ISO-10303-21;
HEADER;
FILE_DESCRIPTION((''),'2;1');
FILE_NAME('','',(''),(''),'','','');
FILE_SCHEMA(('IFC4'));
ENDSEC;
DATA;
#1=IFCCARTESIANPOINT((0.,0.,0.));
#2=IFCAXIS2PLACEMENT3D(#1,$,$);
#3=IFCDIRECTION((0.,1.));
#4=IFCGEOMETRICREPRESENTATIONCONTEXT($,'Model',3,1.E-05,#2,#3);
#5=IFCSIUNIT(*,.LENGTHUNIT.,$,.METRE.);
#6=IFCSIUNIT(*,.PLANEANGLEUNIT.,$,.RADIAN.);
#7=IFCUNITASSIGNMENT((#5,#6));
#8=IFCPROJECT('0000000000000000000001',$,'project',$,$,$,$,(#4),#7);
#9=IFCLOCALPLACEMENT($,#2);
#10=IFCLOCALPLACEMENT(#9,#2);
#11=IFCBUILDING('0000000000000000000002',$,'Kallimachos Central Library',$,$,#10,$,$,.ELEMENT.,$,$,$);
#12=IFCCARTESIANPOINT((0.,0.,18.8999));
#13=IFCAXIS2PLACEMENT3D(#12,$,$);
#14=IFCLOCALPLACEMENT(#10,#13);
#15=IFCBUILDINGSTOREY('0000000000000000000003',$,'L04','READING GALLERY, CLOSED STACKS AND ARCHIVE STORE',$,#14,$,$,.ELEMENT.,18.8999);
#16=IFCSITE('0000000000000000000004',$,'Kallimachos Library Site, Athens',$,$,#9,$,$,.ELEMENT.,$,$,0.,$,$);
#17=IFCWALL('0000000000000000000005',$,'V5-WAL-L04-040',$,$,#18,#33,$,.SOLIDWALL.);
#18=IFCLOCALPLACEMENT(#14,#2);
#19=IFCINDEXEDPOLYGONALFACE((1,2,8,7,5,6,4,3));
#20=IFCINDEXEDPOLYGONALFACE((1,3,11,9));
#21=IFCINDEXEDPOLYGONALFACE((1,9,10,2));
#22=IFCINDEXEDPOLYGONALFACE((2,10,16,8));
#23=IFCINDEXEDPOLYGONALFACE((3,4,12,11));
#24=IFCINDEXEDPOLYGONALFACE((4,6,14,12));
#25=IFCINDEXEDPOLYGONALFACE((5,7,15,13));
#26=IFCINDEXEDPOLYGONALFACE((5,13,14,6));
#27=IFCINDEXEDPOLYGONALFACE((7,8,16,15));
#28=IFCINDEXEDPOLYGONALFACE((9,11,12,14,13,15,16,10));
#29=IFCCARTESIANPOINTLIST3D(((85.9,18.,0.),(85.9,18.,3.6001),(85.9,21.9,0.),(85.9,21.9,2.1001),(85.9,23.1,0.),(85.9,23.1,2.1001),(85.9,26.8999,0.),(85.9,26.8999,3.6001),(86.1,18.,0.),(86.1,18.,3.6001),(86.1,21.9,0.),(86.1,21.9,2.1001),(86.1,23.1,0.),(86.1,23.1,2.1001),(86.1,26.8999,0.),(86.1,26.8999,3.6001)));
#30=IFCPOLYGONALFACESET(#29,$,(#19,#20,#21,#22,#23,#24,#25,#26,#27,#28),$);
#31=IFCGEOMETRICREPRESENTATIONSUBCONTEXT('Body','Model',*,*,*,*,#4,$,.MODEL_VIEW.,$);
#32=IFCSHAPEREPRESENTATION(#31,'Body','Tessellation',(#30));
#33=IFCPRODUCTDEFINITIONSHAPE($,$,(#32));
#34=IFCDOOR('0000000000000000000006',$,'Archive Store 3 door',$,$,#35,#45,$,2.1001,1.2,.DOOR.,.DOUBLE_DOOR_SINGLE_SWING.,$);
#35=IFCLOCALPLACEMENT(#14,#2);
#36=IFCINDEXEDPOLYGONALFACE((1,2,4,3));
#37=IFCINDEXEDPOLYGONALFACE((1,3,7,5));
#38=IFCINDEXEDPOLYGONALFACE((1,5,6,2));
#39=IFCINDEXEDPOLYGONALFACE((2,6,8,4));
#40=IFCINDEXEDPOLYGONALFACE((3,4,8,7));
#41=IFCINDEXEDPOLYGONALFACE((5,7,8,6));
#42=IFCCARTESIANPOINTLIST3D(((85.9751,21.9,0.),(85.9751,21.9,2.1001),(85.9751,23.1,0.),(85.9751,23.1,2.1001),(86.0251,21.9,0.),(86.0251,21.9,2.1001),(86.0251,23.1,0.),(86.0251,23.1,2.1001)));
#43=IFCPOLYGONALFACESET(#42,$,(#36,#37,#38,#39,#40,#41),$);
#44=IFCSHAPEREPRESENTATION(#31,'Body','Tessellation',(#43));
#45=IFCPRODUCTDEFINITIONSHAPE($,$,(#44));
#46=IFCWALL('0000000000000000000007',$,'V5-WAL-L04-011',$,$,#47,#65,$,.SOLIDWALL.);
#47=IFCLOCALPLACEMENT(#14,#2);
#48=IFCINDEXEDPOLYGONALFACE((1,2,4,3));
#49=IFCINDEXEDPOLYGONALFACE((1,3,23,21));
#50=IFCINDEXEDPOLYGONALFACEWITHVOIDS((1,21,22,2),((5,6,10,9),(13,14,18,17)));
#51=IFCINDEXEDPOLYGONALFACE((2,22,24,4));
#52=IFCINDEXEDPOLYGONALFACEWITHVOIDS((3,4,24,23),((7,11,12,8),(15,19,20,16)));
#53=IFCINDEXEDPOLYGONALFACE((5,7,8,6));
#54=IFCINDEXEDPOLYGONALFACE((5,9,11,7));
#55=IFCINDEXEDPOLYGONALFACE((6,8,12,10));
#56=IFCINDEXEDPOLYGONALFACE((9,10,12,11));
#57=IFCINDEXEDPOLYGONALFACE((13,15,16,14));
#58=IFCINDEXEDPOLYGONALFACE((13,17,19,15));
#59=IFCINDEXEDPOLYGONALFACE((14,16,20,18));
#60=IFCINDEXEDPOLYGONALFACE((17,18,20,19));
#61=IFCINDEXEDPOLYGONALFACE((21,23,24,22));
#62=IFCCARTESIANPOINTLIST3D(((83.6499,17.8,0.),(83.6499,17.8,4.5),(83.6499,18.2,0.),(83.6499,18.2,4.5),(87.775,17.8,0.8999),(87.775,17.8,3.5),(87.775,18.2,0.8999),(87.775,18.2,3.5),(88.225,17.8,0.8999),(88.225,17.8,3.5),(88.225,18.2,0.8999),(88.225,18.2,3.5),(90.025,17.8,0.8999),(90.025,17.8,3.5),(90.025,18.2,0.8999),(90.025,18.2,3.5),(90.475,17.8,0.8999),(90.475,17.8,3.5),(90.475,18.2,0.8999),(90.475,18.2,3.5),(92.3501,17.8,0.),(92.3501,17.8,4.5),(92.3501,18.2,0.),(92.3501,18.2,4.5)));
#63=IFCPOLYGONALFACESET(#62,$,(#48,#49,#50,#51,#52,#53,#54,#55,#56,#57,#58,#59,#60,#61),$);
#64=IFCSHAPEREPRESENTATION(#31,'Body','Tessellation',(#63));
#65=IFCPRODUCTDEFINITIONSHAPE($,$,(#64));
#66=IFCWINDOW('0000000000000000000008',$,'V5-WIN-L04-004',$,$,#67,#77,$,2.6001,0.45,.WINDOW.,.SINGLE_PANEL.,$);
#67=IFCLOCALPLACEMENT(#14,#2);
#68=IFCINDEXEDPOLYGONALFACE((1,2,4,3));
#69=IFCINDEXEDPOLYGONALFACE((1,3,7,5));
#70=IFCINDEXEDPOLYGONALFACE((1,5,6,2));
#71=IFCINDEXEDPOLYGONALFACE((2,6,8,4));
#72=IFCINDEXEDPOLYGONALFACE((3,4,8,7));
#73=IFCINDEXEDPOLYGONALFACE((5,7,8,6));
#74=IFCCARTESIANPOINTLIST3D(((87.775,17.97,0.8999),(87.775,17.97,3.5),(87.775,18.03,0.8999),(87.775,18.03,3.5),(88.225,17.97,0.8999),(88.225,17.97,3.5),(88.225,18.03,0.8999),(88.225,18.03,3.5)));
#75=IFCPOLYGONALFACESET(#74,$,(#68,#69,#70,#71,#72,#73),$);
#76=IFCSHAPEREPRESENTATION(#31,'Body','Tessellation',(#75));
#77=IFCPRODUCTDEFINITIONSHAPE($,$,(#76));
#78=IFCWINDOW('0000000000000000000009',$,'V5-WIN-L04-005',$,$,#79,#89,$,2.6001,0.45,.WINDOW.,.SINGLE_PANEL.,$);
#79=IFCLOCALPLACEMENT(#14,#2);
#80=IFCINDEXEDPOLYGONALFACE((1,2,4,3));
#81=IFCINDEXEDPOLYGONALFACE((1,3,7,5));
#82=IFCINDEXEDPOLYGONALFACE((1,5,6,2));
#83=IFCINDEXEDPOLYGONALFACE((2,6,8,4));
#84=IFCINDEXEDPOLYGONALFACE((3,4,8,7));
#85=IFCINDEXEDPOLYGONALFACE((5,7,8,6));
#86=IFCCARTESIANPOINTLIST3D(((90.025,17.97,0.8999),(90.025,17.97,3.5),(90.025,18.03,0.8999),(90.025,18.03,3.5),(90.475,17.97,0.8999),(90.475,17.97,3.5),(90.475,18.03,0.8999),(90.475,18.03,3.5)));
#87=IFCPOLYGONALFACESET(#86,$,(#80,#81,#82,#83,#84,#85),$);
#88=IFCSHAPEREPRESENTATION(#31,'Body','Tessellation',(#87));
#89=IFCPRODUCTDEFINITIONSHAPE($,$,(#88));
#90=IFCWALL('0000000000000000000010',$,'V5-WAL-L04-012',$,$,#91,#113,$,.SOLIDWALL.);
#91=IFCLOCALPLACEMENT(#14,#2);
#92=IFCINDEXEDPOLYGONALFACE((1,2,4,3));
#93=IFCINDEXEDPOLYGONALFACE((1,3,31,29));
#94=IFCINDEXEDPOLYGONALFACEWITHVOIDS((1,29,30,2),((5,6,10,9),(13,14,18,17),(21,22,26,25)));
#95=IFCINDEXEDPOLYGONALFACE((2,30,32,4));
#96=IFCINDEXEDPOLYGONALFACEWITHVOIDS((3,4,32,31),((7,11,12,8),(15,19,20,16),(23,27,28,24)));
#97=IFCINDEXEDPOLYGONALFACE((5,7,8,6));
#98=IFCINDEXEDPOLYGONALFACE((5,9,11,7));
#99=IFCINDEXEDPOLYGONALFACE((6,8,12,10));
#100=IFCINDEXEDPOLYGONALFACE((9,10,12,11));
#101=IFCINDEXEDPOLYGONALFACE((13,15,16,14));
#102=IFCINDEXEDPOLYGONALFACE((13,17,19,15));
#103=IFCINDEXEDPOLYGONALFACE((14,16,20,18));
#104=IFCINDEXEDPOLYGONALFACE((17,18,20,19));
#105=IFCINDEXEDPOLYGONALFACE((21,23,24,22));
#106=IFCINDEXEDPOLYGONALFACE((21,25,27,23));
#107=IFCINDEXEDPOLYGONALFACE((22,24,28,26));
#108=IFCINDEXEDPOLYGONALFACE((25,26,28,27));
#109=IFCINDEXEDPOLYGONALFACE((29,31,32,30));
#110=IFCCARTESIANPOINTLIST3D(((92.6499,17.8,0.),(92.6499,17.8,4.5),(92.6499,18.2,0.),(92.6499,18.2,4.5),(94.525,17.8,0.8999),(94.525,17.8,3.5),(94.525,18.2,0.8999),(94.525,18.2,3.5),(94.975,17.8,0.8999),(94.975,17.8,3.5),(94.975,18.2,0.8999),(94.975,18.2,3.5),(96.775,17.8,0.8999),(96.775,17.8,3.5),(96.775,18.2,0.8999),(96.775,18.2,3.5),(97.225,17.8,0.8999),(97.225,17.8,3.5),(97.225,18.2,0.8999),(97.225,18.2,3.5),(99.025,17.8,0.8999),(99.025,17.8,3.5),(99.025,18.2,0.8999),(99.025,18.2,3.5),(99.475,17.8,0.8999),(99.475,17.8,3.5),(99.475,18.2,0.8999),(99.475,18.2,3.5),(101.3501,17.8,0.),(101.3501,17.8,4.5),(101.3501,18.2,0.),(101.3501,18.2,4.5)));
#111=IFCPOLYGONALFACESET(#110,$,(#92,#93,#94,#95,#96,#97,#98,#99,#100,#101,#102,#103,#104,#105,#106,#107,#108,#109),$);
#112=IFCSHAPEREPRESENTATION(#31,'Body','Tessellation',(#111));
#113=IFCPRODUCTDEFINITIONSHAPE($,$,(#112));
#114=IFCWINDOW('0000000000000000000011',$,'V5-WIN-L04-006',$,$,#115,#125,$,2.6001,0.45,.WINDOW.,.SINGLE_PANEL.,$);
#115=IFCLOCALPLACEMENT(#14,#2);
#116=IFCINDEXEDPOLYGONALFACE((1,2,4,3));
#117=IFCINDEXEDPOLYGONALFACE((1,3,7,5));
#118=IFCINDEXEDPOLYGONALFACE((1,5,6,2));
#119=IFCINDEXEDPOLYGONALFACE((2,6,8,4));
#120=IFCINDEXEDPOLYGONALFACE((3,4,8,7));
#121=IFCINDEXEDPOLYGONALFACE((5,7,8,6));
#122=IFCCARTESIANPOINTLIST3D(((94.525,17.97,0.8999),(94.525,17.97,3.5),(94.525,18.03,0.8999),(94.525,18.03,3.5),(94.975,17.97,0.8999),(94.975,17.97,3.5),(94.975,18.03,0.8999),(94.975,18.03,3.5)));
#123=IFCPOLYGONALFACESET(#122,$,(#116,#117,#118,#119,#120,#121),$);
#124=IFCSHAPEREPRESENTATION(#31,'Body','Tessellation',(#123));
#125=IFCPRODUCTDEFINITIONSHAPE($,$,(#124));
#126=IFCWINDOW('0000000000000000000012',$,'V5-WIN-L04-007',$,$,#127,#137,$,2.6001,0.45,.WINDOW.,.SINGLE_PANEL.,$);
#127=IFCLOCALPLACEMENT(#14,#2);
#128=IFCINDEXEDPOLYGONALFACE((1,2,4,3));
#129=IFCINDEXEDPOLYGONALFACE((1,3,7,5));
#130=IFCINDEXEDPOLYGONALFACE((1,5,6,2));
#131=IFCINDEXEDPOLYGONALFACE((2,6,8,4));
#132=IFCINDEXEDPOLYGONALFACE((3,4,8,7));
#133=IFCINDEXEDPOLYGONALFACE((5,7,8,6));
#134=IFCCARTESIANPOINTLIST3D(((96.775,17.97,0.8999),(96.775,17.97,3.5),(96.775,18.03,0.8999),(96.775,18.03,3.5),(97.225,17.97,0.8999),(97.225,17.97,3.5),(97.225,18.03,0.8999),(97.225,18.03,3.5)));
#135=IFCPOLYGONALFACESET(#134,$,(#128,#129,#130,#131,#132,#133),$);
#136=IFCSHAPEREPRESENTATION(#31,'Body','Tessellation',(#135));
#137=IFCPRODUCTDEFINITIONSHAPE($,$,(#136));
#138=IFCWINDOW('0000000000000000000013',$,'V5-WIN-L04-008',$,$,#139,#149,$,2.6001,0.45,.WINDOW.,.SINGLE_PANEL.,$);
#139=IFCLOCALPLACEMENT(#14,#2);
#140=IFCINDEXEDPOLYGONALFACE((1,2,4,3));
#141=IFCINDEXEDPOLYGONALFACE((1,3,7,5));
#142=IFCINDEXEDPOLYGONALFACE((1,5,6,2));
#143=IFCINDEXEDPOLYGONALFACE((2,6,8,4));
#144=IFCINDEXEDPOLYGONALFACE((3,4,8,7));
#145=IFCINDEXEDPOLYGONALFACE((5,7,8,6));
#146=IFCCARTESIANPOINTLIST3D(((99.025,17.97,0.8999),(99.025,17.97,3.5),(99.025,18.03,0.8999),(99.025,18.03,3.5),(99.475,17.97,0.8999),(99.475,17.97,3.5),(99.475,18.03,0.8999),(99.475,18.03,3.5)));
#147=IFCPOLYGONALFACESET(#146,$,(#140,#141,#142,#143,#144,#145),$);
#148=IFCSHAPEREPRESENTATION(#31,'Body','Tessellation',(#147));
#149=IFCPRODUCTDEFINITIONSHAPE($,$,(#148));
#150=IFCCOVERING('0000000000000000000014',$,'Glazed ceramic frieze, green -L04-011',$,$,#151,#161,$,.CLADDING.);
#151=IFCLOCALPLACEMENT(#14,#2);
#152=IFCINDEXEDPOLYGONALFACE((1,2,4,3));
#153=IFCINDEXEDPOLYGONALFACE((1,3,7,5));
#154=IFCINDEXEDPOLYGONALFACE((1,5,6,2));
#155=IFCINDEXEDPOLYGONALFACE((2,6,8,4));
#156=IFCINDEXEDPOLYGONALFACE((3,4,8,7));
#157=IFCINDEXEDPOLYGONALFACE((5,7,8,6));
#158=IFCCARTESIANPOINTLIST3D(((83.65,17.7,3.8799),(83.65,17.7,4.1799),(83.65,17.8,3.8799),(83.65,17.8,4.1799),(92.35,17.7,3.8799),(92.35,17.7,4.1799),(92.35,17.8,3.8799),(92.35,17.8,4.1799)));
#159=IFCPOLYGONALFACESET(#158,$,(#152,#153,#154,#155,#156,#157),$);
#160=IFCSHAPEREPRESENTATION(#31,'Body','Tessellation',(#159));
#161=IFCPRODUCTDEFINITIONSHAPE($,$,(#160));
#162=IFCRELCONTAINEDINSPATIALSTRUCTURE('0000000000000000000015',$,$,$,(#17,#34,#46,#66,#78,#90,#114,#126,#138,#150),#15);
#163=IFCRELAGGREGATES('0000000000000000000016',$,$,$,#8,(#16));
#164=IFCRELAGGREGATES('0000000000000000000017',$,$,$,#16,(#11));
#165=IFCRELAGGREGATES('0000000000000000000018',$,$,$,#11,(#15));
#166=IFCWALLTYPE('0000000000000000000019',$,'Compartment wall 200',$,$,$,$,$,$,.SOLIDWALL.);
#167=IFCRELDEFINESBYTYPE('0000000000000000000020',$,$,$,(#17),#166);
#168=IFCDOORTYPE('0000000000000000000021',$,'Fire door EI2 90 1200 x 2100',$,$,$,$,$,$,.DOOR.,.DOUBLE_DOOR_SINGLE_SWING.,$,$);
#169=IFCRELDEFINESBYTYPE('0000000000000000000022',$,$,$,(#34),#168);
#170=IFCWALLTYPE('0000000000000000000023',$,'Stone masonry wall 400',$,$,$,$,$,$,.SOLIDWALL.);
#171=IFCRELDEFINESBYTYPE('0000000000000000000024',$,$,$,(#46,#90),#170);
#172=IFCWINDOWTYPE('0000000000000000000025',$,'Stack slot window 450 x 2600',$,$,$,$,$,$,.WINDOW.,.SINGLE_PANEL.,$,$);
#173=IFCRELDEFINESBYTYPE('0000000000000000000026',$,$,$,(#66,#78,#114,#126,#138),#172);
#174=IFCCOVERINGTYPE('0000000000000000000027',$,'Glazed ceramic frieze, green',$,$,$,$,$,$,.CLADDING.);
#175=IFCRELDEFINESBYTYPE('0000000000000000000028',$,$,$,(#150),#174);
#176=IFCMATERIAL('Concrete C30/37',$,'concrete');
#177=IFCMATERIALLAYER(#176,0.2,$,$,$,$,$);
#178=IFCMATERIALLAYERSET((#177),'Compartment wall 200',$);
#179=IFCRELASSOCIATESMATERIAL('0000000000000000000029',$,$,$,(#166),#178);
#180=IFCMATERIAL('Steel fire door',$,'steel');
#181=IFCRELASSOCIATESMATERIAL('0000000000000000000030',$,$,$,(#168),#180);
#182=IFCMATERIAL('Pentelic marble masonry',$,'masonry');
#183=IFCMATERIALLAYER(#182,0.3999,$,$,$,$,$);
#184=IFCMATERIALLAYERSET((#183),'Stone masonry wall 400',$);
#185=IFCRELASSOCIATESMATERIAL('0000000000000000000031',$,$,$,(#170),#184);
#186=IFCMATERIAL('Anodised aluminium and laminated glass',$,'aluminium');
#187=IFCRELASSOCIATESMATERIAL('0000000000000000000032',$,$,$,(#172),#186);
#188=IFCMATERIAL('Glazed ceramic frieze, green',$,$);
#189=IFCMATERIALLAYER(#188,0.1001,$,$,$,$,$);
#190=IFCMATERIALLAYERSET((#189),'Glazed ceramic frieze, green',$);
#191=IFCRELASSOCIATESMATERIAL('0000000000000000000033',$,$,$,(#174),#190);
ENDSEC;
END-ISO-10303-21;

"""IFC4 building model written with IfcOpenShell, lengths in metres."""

from ifc_helpers import new_model, si_unit, direction, frame, frame_2d, origin, origin_2d, place, context, subcontext, project, spatial, rectangle, extrude, material, layer, layer_set, type_object, element, fill, save


model = new_model("IFC4")

# Units and contexts
model_context = context("Model", 3, precision=1e-05, world=origin(), true_north=direction((0.0, 1.0)))
body_context = subcontext(model_context, "Body", "Model", "MODEL_VIEW")
ifc_project = project(units=[si_unit("LENGTHUNIT", "METRE"), si_unit("PLANEANGLEUNIT", "RADIAN")], contexts=[model_context])

# Site, building, storey
site_placement = place(None, origin())
site = spatial("IfcSite", under=ifc_project, at=site_placement, Name="Kallimachos Library Site, Athens", CompositionType="ELEMENT", RefElevation=0.0)
building_placement = place(site_placement, origin())
building = spatial("IfcBuilding", under=site, at=building_placement, Name="Kallimachos Central Library", CompositionType="ELEMENT")
storey_placement = place(building_placement, frame((0.0, 0.0, 18.8999)))
storey = spatial("IfcBuildingStorey", under=building, at=storey_placement, Name="L04", Description="READING GALLERY, CLOSED STACKS AND ARCHIVE STORE", CompositionType="ELEMENT", Elevation=18.8999)

# Wall, opening, door
ifc_material_1 = material(Name="Concrete C30/37", Category="concrete")
ifc_layer_1 = layer(ifc_material_1, 0.2)
ifc_layer_set_1 = layer_set([ifc_layer_1], Name="Compartment wall 200")
wall_type_1 = type_object("IfcWallType", Name="Compartment wall 200", PredefinedType="SOLIDWALL", material=ifc_layer_set_1)
wall_1_placement = place(storey_placement, frame((86.0, 18.0, 0.0), z_axis=(0.0, 0.0, 1.0), x_axis=(0.0, 1.0, 0.0)))
wall_1 = element("IfcWall", 1, at=wall_1_placement, inside=storey, type_object=wall_type_1, Name="V5-WAL-L04-040", PredefinedType="SOLIDWALL", context=body_context, shape_type="SweptSolid", body=[
    extrude(rectangle(XDim=8.8999, YDim=0.2, at=frame_2d((4.45, 0.0))), origin(), (0.0, 0.0, 1.0), 3.6001),
])
opening_1_placement = place(wall_1_placement, frame((3.8999, 0.0, 0.0)))
opening_1 = element("IfcOpeningElement", 2, at=opening_1_placement, cuts=wall_1, PredefinedType="OPENING", context=body_context, shape_type="SweptSolid", body=[
    extrude(rectangle(XDim=1.2, YDim=2.1001, at=frame_2d((0.6001, 1.05))), frame((0.0, 0.1099, 0.0), z_axis=(0.0, -1.0, 0.0), x_axis=(1.0, 0.0, 0.0)), (0.0, 0.0, 1.0), 0.22),
])
ifc_material_2 = material(Name="Steel fire door", Category="steel")
door_type = type_object("IfcDoorType", Name="Fire door EI2 90 1200 x 2100", OperationType="DOUBLE_DOOR_SINGLE_SWING", PredefinedType="DOOR", material=ifc_material_2)
door_placement = place(opening_1_placement, origin())
door = element("IfcDoor", 3, at=door_placement, inside=storey, type_object=door_type, Name="Archive Store 3 door", OperationType="DOUBLE_DOOR_SINGLE_SWING", OverallHeight=2.1001, OverallWidth=1.2, PredefinedType="DOOR", context=body_context, shape_type="SweptSolid", body=[
    extrude(rectangle(XDim=1.2, YDim=2.1001, at=frame_2d((0.6001, 1.05))), frame((0.0, 0.0249, 0.0), z_axis=(0.0, -1.0, 0.0), x_axis=(1.0, 0.0, 0.0)), (0.0, 0.0, 1.0), 0.05),
])
fill(opening_1, door)

# Walls, openings, windows
ifc_material_3 = material(Name="Pentelic marble masonry", Category="masonry")
ifc_layer_2 = layer(ifc_material_3, 0.3999)
ifc_layer_set_2 = layer_set([ifc_layer_2], Name="Stone masonry wall 400")
wall_type_2 = type_object("IfcWallType", Name="Stone masonry wall 400", PredefinedType="SOLIDWALL", material=ifc_layer_set_2)
wall_2_placement = place(storey_placement, frame((83.6499, 18.0, 0.0), z_axis=(0.0, 0.0, 1.0), x_axis=(1.0, 0.0, 0.0)))
wall_2 = element("IfcWall", 4, at=wall_2_placement, inside=storey, type_object=wall_type_2, Name="V5-WAL-L04-011", PredefinedType="SOLIDWALL", context=body_context, shape_type="SweptSolid", body=[
    extrude(rectangle(XDim=8.7002, YDim=0.3999, at=frame_2d((4.3501, 0.0))), origin(), (0.0, 0.0, 1.0), 4.5),
])
opening_2_placement = place(wall_2_placement, frame((4.125, 0.0, 0.8999)))
opening_2 = element("IfcOpeningElement", 5, at=opening_2_placement, cuts=wall_2, PredefinedType="OPENING", context=body_context, shape_type="SweptSolid", body=[
    extrude(rectangle(XDim=0.45, YDim=2.6001, at=frame_2d((0.2251, 1.3))), frame((0.0, 0.21, 0.0), z_axis=(0.0, -1.0, 0.0), x_axis=(1.0, 0.0, 0.0)), (0.0, 0.0, 1.0), 0.4199),
])
opening_3_placement = place(wall_2_placement, frame((6.375, 0.0, 0.8999)))
opening_3 = element("IfcOpeningElement", 6, at=opening_3_placement, cuts=wall_2, PredefinedType="OPENING", context=body_context, shape_type="SweptSolid", body=[
    extrude(rectangle(XDim=0.45, YDim=2.6001, at=frame_2d((0.2251, 1.3))), frame((0.0, 0.21, 0.0), z_axis=(0.0, -1.0, 0.0), x_axis=(1.0, 0.0, 0.0)), (0.0, 0.0, 1.0), 0.4199),
])
ifc_material_4 = material(Name="Anodised aluminium and laminated glass", Category="aluminium")
window_type = type_object("IfcWindowType", Name="Stack slot window 450 x 2600", PartitioningType="SINGLE_PANEL", PredefinedType="WINDOW", material=ifc_material_4)
window_1_placement = place(opening_2_placement, origin())
window_1 = element("IfcWindow", 7, at=window_1_placement, inside=storey, type_object=window_type, Name="V5-WIN-L04-004", OverallHeight=2.6001, OverallWidth=0.45, PartitioningType="SINGLE_PANEL", PredefinedType="WINDOW", context=body_context, shape_type="SweptSolid", body=[
    extrude(rectangle(XDim=0.45, YDim=2.6001, at=frame_2d((0.2251, 1.3))), frame((0.0, 0.03, 0.0), z_axis=(0.0, -1.0, 0.0), x_axis=(1.0, 0.0, 0.0)), (0.0, 0.0, 1.0), 0.0601),
])
fill(opening_2, window_1)
window_2_placement = place(opening_3_placement, origin())
window_2 = element("IfcWindow", 8, at=window_2_placement, inside=storey, type_object=window_type, Name="V5-WIN-L04-005", OverallHeight=2.6001, OverallWidth=0.45, PartitioningType="SINGLE_PANEL", PredefinedType="WINDOW", context=body_context, shape_type="SweptSolid", body=[
    extrude(rectangle(XDim=0.45, YDim=2.6001, at=frame_2d((0.2251, 1.3))), frame((0.0, 0.03, 0.0), z_axis=(0.0, -1.0, 0.0), x_axis=(1.0, 0.0, 0.0)), (0.0, 0.0, 1.0), 0.0601),
])
fill(opening_3, window_2)
wall_3_placement = place(storey_placement, frame((92.6499, 18.0, 0.0), z_axis=(0.0, 0.0, 1.0), x_axis=(1.0, 0.0, 0.0)))
wall_3 = element("IfcWall", 9, at=wall_3_placement, inside=storey, type_object=wall_type_2, Name="V5-WAL-L04-012", PredefinedType="SOLIDWALL", context=body_context, shape_type="SweptSolid", body=[
    extrude(rectangle(XDim=8.7002, YDim=0.3999, at=frame_2d((4.3501, 0.0))), origin(), (0.0, 0.0, 1.0), 4.5),
])
opening_4_placement = place(wall_3_placement, frame((1.875, 0.0, 0.8999)))
opening_4 = element("IfcOpeningElement", 10, at=opening_4_placement, cuts=wall_3, PredefinedType="OPENING", context=body_context, shape_type="SweptSolid", body=[
    extrude(rectangle(XDim=0.45, YDim=2.6001, at=frame_2d((0.2251, 1.3))), frame((0.0, 0.21, 0.0), z_axis=(0.0, -1.0, 0.0), x_axis=(1.0, 0.0, 0.0)), (0.0, 0.0, 1.0), 0.4199),
])
opening_5_placement = place(wall_3_placement, frame((4.125, 0.0, 0.8999)))
opening_5 = element("IfcOpeningElement", 11, at=opening_5_placement, cuts=wall_3, PredefinedType="OPENING", context=body_context, shape_type="SweptSolid", body=[
    extrude(rectangle(XDim=0.45, YDim=2.6001, at=frame_2d((0.2251, 1.3))), frame((0.0, 0.21, 0.0), z_axis=(0.0, -1.0, 0.0), x_axis=(1.0, 0.0, 0.0)), (0.0, 0.0, 1.0), 0.4199),
])
opening_6_placement = place(wall_3_placement, frame((6.375, 0.0, 0.8999)))
opening_6 = element("IfcOpeningElement", 12, at=opening_6_placement, cuts=wall_3, PredefinedType="OPENING", context=body_context, shape_type="SweptSolid", body=[
    extrude(rectangle(XDim=0.45, YDim=2.6001, at=frame_2d((0.2251, 1.3))), frame((0.0, 0.21, 0.0), z_axis=(0.0, -1.0, 0.0), x_axis=(1.0, 0.0, 0.0)), (0.0, 0.0, 1.0), 0.4199),
])
window_3_placement = place(opening_4_placement, origin())
window_3 = element("IfcWindow", 13, at=window_3_placement, inside=storey, type_object=window_type, Name="V5-WIN-L04-006", OverallHeight=2.6001, OverallWidth=0.45, PartitioningType="SINGLE_PANEL", PredefinedType="WINDOW", context=body_context, shape_type="SweptSolid", body=[
    extrude(rectangle(XDim=0.45, YDim=2.6001, at=frame_2d((0.2251, 1.3))), frame((0.0, 0.03, 0.0), z_axis=(0.0, -1.0, 0.0), x_axis=(1.0, 0.0, 0.0)), (0.0, 0.0, 1.0), 0.0601),
])
fill(opening_4, window_3)
window_4_placement = place(opening_5_placement, origin())
window_4 = element("IfcWindow", 14, at=window_4_placement, inside=storey, type_object=window_type, Name="V5-WIN-L04-007", OverallHeight=2.6001, OverallWidth=0.45, PartitioningType="SINGLE_PANEL", PredefinedType="WINDOW", context=body_context, shape_type="SweptSolid", body=[
    extrude(rectangle(XDim=0.45, YDim=2.6001, at=frame_2d((0.2251, 1.3))), frame((0.0, 0.03, 0.0), z_axis=(0.0, -1.0, 0.0), x_axis=(1.0, 0.0, 0.0)), (0.0, 0.0, 1.0), 0.0601),
])
fill(opening_5, window_4)
window_5_placement = place(opening_6_placement, origin())
window_5 = element("IfcWindow", 15, at=window_5_placement, inside=storey, type_object=window_type, Name="V5-WIN-L04-008", OverallHeight=2.6001, OverallWidth=0.45, PartitioningType="SINGLE_PANEL", PredefinedType="WINDOW", context=body_context, shape_type="SweptSolid", body=[
    extrude(rectangle(XDim=0.45, YDim=2.6001, at=frame_2d((0.2251, 1.3))), frame((0.0, 0.03, 0.0), z_axis=(0.0, -1.0, 0.0), x_axis=(1.0, 0.0, 0.0)), (0.0, 0.0, 1.0), 0.0601),
])
fill(opening_6, window_5)

# Covering
ifc_material_5 = material(Name="Glazed ceramic frieze, green")
ifc_layer_3 = layer(ifc_material_5, 0.1001)
ifc_layer_set_3 = layer_set([ifc_layer_3], Name="Glazed ceramic frieze, green")
covering_type_1 = type_object("IfcCoveringType", Name="Glazed ceramic frieze, green", PredefinedType="CLADDING", material=ifc_layer_set_3)
covering_1_placement = place(storey_placement, frame((88.0, 17.75, 3.8799), z_axis=(0.0, 0.0, 1.0), x_axis=(1.0, 0.0, 0.0)))
element("IfcCovering", 16, at=covering_1_placement, inside=storey, type_object=covering_type_1, Name="Glazed ceramic frieze, green -L04-011", PredefinedType="CLADDING", context=body_context, shape_type="SweptSolid", body=[
    extrude(rectangle(XDim=8.7, YDim=0.1001, at=origin_2d()), origin(), (0.0, 0.0, 1.0), 0.3),
])

save(model, "model.ifc")
